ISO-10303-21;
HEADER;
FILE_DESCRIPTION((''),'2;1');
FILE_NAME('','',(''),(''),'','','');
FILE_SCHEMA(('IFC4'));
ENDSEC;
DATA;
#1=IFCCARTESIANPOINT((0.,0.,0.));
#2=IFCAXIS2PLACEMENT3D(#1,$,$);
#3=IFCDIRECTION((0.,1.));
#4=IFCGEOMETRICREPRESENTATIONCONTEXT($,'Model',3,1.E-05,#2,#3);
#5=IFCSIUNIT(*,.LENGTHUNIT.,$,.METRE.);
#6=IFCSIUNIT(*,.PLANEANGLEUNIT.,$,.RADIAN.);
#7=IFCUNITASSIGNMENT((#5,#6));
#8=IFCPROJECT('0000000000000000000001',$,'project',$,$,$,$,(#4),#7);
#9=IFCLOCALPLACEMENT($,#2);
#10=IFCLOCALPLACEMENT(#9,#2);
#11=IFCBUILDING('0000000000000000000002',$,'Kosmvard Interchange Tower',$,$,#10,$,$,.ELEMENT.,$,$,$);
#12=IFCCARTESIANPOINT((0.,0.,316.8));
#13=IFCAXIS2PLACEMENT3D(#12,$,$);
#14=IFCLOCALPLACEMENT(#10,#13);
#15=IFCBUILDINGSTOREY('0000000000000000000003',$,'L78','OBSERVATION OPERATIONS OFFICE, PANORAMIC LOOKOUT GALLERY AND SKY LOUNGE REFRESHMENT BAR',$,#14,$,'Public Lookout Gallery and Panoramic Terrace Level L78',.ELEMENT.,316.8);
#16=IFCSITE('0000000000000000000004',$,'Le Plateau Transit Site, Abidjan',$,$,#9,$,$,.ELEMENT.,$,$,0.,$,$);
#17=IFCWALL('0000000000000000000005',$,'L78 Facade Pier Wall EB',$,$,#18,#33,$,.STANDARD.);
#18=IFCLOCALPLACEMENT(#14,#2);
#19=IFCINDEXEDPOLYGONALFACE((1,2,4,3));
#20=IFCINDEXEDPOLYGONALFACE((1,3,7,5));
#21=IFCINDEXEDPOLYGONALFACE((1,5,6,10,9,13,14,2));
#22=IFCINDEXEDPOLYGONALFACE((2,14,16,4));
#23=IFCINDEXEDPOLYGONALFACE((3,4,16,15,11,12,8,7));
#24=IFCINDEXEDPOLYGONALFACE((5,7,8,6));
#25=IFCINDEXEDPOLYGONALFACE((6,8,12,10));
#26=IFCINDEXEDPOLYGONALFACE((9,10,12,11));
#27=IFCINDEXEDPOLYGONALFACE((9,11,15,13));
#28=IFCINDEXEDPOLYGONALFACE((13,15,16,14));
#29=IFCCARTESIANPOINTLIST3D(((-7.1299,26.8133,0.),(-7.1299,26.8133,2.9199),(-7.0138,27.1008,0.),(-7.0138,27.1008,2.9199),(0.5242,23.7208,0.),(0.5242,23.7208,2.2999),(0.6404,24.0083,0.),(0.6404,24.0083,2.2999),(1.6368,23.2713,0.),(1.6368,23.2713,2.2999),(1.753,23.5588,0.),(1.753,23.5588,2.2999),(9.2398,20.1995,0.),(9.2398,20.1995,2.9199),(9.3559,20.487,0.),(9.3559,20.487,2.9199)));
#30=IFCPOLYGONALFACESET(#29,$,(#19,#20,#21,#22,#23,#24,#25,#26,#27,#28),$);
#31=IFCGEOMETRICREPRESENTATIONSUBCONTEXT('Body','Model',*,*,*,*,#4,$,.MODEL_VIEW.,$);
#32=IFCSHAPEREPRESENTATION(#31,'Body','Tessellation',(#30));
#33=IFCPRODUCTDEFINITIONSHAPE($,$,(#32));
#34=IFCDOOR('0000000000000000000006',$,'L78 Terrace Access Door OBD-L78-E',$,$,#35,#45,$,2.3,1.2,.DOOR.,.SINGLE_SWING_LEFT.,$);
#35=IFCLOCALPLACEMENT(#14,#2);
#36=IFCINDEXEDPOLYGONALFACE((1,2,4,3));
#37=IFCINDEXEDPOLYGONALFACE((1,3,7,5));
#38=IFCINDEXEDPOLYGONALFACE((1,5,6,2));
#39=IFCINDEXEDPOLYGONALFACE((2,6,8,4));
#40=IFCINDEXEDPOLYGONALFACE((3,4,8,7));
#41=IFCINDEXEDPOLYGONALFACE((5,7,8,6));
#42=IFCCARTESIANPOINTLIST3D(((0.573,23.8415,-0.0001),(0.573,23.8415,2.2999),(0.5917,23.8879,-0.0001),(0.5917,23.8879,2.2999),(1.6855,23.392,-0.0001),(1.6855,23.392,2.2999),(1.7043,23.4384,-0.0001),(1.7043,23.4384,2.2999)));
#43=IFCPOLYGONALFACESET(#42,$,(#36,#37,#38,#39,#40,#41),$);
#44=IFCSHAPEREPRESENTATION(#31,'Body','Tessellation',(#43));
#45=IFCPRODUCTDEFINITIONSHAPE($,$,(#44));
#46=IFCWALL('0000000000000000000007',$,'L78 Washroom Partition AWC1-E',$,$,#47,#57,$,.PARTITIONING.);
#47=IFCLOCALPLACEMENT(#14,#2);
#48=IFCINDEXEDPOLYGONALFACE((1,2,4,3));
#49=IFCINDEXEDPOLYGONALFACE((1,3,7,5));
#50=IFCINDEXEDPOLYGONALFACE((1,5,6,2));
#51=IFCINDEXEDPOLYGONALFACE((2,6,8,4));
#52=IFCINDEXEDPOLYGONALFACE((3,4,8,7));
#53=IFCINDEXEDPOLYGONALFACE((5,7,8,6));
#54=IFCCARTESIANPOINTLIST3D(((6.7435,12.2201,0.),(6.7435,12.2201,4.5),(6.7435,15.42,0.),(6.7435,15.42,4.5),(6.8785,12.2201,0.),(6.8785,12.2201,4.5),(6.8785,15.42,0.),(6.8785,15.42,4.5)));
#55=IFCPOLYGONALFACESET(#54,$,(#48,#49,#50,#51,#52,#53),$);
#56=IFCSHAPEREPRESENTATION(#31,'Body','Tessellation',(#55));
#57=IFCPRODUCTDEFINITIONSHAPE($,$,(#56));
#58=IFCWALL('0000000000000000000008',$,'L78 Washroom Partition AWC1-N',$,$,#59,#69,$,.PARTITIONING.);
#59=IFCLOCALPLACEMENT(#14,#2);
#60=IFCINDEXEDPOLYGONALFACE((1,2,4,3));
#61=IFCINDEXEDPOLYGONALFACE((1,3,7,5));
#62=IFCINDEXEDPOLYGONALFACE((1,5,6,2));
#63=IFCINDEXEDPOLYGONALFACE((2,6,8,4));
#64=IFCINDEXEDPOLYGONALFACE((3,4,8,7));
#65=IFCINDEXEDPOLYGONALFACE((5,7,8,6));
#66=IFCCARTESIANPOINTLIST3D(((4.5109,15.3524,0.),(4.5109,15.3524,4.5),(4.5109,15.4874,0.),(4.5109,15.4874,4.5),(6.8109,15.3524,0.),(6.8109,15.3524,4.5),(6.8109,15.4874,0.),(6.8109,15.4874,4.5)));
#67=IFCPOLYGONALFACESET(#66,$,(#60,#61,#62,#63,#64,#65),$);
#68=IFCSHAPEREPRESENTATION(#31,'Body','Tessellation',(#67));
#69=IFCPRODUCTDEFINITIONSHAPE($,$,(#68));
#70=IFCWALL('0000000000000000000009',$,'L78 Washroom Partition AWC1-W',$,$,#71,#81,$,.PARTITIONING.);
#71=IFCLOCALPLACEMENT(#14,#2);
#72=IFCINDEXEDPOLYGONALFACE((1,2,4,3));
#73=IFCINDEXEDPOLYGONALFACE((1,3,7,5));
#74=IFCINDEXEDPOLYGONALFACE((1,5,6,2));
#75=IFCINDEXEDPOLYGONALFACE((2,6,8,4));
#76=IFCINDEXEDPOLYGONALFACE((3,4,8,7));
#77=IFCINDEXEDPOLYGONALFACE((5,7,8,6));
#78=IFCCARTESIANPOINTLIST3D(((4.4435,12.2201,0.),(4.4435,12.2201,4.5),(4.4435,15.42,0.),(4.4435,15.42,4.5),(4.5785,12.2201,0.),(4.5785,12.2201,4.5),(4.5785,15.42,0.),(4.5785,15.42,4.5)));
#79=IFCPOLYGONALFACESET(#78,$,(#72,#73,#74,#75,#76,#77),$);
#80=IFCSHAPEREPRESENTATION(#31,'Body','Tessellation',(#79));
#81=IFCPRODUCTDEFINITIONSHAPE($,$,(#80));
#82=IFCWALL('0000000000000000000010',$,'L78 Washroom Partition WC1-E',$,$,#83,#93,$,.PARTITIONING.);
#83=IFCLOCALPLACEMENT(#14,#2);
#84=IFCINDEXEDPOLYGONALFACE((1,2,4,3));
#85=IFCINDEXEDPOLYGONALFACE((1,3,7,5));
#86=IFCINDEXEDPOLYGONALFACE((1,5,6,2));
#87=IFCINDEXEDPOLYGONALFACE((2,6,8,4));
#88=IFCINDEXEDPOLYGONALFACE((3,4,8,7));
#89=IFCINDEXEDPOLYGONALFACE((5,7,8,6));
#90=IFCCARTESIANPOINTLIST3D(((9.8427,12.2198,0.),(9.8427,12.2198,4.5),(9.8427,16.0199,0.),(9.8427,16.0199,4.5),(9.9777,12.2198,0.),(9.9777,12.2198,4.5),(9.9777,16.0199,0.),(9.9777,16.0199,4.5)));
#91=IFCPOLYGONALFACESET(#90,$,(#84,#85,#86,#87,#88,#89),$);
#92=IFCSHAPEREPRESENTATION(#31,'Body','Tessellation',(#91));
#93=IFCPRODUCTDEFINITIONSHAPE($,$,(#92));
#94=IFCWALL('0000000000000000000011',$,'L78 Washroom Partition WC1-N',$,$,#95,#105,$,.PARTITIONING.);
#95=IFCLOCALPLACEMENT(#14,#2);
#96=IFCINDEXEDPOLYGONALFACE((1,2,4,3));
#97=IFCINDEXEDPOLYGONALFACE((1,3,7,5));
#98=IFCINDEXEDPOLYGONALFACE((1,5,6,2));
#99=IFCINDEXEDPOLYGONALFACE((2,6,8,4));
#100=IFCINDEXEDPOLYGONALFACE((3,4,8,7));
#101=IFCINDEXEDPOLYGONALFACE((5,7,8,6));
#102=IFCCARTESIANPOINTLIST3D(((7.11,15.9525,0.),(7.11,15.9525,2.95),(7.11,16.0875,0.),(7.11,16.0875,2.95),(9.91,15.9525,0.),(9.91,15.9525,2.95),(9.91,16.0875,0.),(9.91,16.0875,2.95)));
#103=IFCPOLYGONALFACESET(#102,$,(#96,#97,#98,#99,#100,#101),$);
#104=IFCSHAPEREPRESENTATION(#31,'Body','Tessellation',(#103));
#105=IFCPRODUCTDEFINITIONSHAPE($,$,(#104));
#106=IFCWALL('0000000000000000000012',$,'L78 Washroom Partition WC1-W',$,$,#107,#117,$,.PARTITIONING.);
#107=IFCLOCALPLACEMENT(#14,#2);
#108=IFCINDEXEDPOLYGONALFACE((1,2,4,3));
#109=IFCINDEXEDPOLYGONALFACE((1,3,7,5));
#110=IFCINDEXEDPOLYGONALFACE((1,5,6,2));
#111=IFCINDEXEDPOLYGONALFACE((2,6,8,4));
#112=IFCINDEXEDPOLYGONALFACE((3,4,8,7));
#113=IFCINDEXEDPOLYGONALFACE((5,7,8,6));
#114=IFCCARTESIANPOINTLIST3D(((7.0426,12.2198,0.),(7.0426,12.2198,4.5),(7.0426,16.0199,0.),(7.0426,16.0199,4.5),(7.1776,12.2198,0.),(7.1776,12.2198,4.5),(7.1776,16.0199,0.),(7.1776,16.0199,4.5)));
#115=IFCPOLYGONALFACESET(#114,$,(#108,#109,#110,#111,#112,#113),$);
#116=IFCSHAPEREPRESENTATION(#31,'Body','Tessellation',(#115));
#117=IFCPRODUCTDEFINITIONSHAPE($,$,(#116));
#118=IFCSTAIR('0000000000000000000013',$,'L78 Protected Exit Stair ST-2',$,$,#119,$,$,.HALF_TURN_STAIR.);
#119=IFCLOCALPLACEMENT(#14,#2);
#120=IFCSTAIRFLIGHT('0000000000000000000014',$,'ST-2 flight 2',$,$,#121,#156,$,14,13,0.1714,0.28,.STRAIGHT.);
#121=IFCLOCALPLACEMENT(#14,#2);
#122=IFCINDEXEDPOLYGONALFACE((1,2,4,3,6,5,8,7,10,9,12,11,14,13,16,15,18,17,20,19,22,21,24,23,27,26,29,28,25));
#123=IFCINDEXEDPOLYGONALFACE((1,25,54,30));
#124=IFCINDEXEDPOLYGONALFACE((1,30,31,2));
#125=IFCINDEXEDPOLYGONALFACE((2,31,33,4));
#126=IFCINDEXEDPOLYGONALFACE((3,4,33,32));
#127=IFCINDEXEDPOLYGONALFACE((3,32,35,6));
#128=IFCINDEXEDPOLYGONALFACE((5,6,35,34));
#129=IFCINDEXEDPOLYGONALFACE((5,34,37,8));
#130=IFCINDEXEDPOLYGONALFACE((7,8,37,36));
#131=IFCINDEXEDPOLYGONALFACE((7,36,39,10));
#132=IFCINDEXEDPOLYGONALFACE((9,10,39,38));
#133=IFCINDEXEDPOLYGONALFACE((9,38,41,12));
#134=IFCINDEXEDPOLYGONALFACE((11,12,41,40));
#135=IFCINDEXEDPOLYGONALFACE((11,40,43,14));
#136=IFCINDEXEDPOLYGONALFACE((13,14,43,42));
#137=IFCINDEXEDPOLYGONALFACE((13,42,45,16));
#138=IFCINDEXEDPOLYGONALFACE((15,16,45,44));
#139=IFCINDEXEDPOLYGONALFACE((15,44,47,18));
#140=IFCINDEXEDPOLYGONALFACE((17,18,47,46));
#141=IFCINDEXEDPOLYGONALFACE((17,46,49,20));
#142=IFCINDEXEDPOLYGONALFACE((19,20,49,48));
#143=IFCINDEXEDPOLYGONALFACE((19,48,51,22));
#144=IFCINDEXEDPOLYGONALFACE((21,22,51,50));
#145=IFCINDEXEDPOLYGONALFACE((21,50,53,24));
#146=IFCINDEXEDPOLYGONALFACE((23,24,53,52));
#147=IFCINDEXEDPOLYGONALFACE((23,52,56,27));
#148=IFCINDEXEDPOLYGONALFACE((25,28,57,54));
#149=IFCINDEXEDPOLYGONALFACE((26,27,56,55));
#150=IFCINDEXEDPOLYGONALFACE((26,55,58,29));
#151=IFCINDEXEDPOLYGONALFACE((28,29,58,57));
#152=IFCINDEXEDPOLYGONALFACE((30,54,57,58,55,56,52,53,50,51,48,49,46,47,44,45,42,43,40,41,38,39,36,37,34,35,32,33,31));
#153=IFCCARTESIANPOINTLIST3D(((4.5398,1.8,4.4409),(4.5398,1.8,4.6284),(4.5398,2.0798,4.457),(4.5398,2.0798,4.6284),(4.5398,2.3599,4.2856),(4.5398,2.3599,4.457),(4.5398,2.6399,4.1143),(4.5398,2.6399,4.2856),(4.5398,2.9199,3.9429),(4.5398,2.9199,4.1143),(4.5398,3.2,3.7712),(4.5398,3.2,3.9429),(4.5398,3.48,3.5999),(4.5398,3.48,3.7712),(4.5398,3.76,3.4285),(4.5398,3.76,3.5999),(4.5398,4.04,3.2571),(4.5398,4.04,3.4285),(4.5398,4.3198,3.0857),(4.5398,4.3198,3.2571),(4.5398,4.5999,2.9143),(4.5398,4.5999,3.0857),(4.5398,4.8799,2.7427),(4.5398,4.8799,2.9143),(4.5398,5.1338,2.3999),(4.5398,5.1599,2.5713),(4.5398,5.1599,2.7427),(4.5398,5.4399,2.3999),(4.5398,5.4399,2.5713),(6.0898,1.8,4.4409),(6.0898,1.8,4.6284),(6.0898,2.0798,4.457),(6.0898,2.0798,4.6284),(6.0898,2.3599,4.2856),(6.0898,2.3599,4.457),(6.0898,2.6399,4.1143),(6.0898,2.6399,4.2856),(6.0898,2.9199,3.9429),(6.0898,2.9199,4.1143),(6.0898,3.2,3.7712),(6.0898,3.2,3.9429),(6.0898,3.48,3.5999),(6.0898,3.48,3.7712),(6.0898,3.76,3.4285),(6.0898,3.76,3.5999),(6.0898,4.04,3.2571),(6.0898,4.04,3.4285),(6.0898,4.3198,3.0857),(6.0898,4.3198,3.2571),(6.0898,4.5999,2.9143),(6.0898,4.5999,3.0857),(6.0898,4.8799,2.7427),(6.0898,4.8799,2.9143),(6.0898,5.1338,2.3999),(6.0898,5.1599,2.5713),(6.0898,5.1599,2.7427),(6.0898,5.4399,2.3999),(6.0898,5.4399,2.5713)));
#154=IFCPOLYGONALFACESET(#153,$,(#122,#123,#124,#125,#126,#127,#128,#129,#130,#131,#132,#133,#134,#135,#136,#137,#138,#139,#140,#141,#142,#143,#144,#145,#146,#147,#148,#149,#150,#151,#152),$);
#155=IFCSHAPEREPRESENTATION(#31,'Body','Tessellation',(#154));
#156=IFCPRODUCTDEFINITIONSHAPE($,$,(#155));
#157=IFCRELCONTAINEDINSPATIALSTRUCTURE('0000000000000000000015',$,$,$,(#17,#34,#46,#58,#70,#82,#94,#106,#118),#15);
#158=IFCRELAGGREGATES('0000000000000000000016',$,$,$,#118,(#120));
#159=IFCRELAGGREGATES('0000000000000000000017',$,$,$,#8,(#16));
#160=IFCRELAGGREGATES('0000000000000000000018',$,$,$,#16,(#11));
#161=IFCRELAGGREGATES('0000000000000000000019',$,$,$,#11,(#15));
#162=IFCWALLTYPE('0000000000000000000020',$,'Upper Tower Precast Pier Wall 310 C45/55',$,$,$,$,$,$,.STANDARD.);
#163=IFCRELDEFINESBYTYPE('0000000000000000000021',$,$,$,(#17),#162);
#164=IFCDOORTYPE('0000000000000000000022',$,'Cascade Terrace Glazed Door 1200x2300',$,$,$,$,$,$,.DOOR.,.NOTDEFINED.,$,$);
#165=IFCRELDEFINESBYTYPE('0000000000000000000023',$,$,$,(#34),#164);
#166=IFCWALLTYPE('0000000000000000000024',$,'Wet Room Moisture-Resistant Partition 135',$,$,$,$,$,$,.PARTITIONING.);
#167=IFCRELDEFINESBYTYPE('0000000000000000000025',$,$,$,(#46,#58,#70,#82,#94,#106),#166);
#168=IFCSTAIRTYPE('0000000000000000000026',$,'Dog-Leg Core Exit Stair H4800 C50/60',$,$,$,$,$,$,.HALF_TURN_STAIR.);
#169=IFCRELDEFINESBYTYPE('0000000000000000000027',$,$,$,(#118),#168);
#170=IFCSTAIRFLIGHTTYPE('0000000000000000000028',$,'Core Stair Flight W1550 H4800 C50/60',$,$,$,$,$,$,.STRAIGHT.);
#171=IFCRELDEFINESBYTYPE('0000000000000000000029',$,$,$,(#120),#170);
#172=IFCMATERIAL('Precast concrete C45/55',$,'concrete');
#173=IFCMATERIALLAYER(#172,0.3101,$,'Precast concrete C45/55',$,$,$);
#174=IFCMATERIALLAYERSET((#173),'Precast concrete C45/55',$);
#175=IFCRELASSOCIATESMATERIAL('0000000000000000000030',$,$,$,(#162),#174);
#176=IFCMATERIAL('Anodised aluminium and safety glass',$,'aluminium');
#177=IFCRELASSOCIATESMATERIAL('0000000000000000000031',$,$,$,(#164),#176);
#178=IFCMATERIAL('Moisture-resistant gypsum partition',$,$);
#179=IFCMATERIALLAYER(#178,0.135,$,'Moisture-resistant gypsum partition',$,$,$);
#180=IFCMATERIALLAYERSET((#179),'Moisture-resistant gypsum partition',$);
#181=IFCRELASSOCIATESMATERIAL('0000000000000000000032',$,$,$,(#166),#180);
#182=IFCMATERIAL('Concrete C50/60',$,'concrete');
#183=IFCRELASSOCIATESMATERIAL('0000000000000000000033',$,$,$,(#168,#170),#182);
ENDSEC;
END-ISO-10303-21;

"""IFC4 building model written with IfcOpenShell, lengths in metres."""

from ifc_helpers import new_model, si_unit, direction, frame, frame_2d, origin, place, context, subcontext, project, spatial, polyline, rectangle, outline, extrude, source, transform, mapped, material, layer, layer_set, type_object, element, fill, aggregate, save


model = new_model("IFC4")

# Units and contexts
model_context = context("Model", 3, precision=1e-05, world=origin(), true_north=direction((0.0, 1.0)))
body_context = subcontext(model_context, "Body", "Model", "MODEL_VIEW")
ifc_project = project(units=[si_unit("LENGTHUNIT", "METRE"), si_unit("PLANEANGLEUNIT", "RADIAN")], contexts=[model_context])

# Site, building, storey
site_placement = place(None, origin())
site = spatial("IfcSite", under=ifc_project, at=site_placement, Name="Le Plateau Transit Site, Abidjan", CompositionType="ELEMENT", RefElevation=0.0)
building_placement = place(site_placement, origin())
building = spatial("IfcBuilding", under=site, at=building_placement, Name="Kosmvard Interchange Tower", CompositionType="ELEMENT")
storey_placement = place(building_placement, frame((0.0, 0.0, 316.8)))
storey = spatial("IfcBuildingStorey", under=building, at=storey_placement, Name="L78", Description="OBSERVATION OPERATIONS OFFICE, PANORAMIC LOOKOUT GALLERY AND SKY LOUNGE REFRESHMENT BAR", LongName="Public Lookout Gallery and Panoramic Terrace Level L78", CompositionType="ELEMENT", Elevation=316.8)

# Shared definitions
ifc_material_1 = material(Name="Concrete C50/60", Category="concrete")

# Wall, opening, door
ifc_material_2 = material(Name="Precast concrete C45/55", Category="concrete")
ifc_layer_1 = layer(ifc_material_2, 0.3101, Name="Precast concrete C45/55")
ifc_layer_set_1 = layer_set([ifc_layer_1], Name="Precast concrete C45/55")
wall_type_1 = type_object("IfcWallType", Name="Upper Tower Precast Pier Wall 310 C45/55", PredefinedType="STANDARD", material=ifc_layer_set_1)
wall_1_placement = place(storey_placement, frame((9.2979, 20.3433, 0.0), z_axis=(0.0, 0.0, 1.0), x_axis=(-0.927184, 0.374607, 0.0)))
wall_1 = element("IfcWall", 1, at=wall_1_placement, inside=storey, type_object=wall_type_1, Name="L78 Facade Pier Wall EB", PredefinedType="STANDARD", context=body_context, shape_type="SweptSolid", body=[
    extrude(rectangle(XDim=17.6553, YDim=0.3101, at=frame_2d((8.8276, 0.0))), origin(), (0.0, 0.0, 1.0), 2.9199),
])
opening_placement = place(wall_1_placement, frame((8.2, 0.0, 0.0)))
opening = element("IfcOpeningElement", 2, at=opening_placement, cuts=wall_1, PredefinedType="OPENING", context=body_context, shape_type="SweptSolid", body=[
    extrude(rectangle(XDim=1.2, YDim=2.3, at=frame_2d((0.6001, 1.1499))), frame((0.0, 0.165, 0.0), z_axis=(0.0, -1.0, 0.0), x_axis=(1.0, 0.0, 0.0)), (0.0, 0.0, 1.0), 0.3301),
])
ifc_material_3 = material(Name="Anodised aluminium and safety glass", Category="aluminium")
door_type = type_object("IfcDoorType", Name="Cascade Terrace Glazed Door 1200x2300", OperationType="NOTDEFINED", PredefinedType="DOOR", material=ifc_material_3)
shared_shape_1 = source(origin(), body_context, "Body", "SweptSolid", [
    extrude(rectangle(XDim=1.2, YDim=2.3, at=frame_2d((0.6001, 1.1499))), frame((0.0, 0.0249, 0.0), z_axis=(0.0, -1.0, 0.0), x_axis=(1.0, 0.0, 0.0)), (0.0, 0.0, 1.0), 0.05),
])
door_placement = place(opening_placement, origin())
door = element("IfcDoor", 3, at=door_placement, inside=storey, type_object=door_type, Name="L78 Terrace Access Door OBD-L78-E", OperationType="SINGLE_SWING_LEFT", OverallHeight=2.3, OverallWidth=1.2, PredefinedType="DOOR", context=body_context, shape_type="MappedRepresentation", body=[
    mapped(shared_shape_1, transform((0.0, 0.0, 0.0), scale=1.0)),
])
fill(opening, door)

# Walls
ifc_material_4 = material(Name="Moisture-resistant gypsum partition")
ifc_layer_2 = layer(ifc_material_4, 0.135, Name="Moisture-resistant gypsum partition")
ifc_layer_set_2 = layer_set([ifc_layer_2], Name="Moisture-resistant gypsum partition")
wall_type_2 = type_object("IfcWallType", Name="Wet Room Moisture-Resistant Partition 135", PredefinedType="PARTITIONING", material=ifc_layer_set_2)
wall_2_placement = place(storey_placement, frame((6.811, 12.22, 0.0), z_axis=(0.0, 0.0, 1.0), x_axis=(0.0, 1.0, 0.0)))
element("IfcWall", 4, at=wall_2_placement, inside=storey, type_object=wall_type_2, Name="L78 Washroom Partition AWC1-E", PredefinedType="PARTITIONING", context=body_context, shape_type="SweptSolid", body=[
    extrude(rectangle(XDim=3.2, YDim=0.135, at=frame_2d((1.6001, 0.0))), origin(), (0.0, 0.0, 1.0), 4.5),
])
wall_3_placement = place(storey_placement, frame((4.511, 15.4199, 0.0), z_axis=(0.0, 0.0, 1.0), x_axis=(1.0, 0.0, 0.0)))
element("IfcWall", 5, at=wall_3_placement, inside=storey, type_object=wall_type_2, Name="L78 Washroom Partition AWC1-N", PredefinedType="PARTITIONING", context=body_context, shape_type="SweptSolid", body=[
    extrude(rectangle(XDim=2.3, YDim=0.135, at=frame_2d((1.1499, 0.0))), origin(), (0.0, 0.0, 1.0), 4.5),
])
wall_4_placement = place(storey_placement, frame((4.511, 12.22, 0.0), z_axis=(0.0, 0.0, 1.0), x_axis=(0.0, 1.0, 0.0)))
element("IfcWall", 6, at=wall_4_placement, inside=storey, type_object=wall_type_2, Name="L78 Washroom Partition AWC1-W", PredefinedType="PARTITIONING", context=body_context, shape_type="SweptSolid", body=[
    extrude(rectangle(XDim=3.2, YDim=0.135, at=frame_2d((1.6001, 0.0))), origin(), (0.0, 0.0, 1.0), 4.5),
])
wall_5_placement = place(storey_placement, frame((9.9102, 12.22, 0.0), z_axis=(0.0, 0.0, 1.0), x_axis=(0.0, 1.0, 0.0)))
element("IfcWall", 7, at=wall_5_placement, inside=storey, type_object=wall_type_2, Name="L78 Washroom Partition WC1-E", PredefinedType="PARTITIONING", context=body_context, shape_type="SweptSolid", body=[
    extrude(rectangle(XDim=3.8, YDim=0.135, at=frame_2d((1.8999, 0.0))), origin(), (0.0, 0.0, 1.0), 4.5),
])
wall_6_placement = place(storey_placement, frame((7.1101, 16.02, 0.0), z_axis=(0.0, 0.0, 1.0), x_axis=(1.0, 0.0, 0.0)))
element("IfcWall", 8, at=wall_6_placement, inside=storey, type_object=wall_type_2, Name="L78 Washroom Partition WC1-N", PredefinedType="PARTITIONING", context=body_context, shape_type="SweptSolid", body=[
    extrude(rectangle(XDim=2.8, YDim=0.135, at=frame_2d((1.3999, 0.0))), origin(), (0.0, 0.0, 1.0), 2.95),
])
wall_7_placement = place(storey_placement, frame((7.1101, 12.22, 0.0), z_axis=(0.0, 0.0, 1.0), x_axis=(0.0, 1.0, 0.0)))
element("IfcWall", 9, at=wall_7_placement, inside=storey, type_object=wall_type_2, Name="L78 Washroom Partition WC1-W", PredefinedType="PARTITIONING", context=body_context, shape_type="SweptSolid", body=[
    extrude(rectangle(XDim=3.8, YDim=0.135, at=frame_2d((1.8999, 0.0))), origin(), (0.0, 0.0, 1.0), 4.5),
])

# Stair, stair flight
stair_type = type_object("IfcStairType", Name="Dog-Leg Core Exit Stair H4800 C50/60", PredefinedType="HALF_TURN_STAIR", material=ifc_material_1)
stair_placement = place(storey_placement, origin())
stair = element("IfcStair", 10, at=stair_placement, inside=storey, type_object=stair_type, Name="L78 Protected Exit Stair ST-2", PredefinedType="HALF_TURN_STAIR")
stair_flight_type = type_object("IfcStairFlightType", Name="Core Stair Flight W1550 H4800 C50/60", PredefinedType="STRAIGHT", material=ifc_material_1)
shared_shape_2 = source(origin(), body_context, "Body", "SweptSolid", [
    extrude(outline(polyline([(0.0, 0.0), (0.0, 0.1714), (0.28, 0.1714), (0.28, 0.3428), (0.5601, 0.3428), (0.5601, 0.5144), (0.8401, 0.5144), (0.8401, 0.6858), (1.1201, 0.6858), (1.1201, 0.8572), (1.3999, 0.8572), (1.3999, 1.0286), (1.6799, 1.0286), (1.6799, 1.2), (1.96, 1.2), (1.96, 1.3713), (2.24, 1.3713), (2.24, 1.543), (2.52, 1.543), (2.52, 1.7144), (2.8, 1.7144), (2.8, 1.8857), (3.0801, 1.8857), (3.0801, 2.0571), (3.3601, 2.0571), (3.3601, 2.2285), (3.6399, 2.2285), (3.6399, 2.3999), (3.6399, 2.041), (0.3062, 0.0), (0.0, 0.0)])), frame((0.0, 0.7749, 0.0), z_axis=(0.0, -1.0, 0.0), x_axis=(1.0, 0.0, 0.0)), (0.0, 0.0, 1.0), 1.55),
])
stair_flight_placement = place(storey_placement, frame((5.3149, 5.4399, 2.3999), z_axis=(0.0, 0.0, 1.0), x_axis=(0.0, -1.0, 0.0)))
stair_flight = element("IfcStairFlight", 11, at=stair_flight_placement, type_object=stair_flight_type, Name="ST-2 flight 2", NumberOfRisers=14, NumberOfTreads=13, PredefinedType="STRAIGHT", RiserHeight=0.1714, TreadLength=0.28, context=body_context, shape_type="MappedRepresentation", body=[
    mapped(shared_shape_2, transform((0.0, 0.0, 0.0), scale=1.0)),
])
aggregate(stair, [stair_flight])

save(model, "model.ifc")
